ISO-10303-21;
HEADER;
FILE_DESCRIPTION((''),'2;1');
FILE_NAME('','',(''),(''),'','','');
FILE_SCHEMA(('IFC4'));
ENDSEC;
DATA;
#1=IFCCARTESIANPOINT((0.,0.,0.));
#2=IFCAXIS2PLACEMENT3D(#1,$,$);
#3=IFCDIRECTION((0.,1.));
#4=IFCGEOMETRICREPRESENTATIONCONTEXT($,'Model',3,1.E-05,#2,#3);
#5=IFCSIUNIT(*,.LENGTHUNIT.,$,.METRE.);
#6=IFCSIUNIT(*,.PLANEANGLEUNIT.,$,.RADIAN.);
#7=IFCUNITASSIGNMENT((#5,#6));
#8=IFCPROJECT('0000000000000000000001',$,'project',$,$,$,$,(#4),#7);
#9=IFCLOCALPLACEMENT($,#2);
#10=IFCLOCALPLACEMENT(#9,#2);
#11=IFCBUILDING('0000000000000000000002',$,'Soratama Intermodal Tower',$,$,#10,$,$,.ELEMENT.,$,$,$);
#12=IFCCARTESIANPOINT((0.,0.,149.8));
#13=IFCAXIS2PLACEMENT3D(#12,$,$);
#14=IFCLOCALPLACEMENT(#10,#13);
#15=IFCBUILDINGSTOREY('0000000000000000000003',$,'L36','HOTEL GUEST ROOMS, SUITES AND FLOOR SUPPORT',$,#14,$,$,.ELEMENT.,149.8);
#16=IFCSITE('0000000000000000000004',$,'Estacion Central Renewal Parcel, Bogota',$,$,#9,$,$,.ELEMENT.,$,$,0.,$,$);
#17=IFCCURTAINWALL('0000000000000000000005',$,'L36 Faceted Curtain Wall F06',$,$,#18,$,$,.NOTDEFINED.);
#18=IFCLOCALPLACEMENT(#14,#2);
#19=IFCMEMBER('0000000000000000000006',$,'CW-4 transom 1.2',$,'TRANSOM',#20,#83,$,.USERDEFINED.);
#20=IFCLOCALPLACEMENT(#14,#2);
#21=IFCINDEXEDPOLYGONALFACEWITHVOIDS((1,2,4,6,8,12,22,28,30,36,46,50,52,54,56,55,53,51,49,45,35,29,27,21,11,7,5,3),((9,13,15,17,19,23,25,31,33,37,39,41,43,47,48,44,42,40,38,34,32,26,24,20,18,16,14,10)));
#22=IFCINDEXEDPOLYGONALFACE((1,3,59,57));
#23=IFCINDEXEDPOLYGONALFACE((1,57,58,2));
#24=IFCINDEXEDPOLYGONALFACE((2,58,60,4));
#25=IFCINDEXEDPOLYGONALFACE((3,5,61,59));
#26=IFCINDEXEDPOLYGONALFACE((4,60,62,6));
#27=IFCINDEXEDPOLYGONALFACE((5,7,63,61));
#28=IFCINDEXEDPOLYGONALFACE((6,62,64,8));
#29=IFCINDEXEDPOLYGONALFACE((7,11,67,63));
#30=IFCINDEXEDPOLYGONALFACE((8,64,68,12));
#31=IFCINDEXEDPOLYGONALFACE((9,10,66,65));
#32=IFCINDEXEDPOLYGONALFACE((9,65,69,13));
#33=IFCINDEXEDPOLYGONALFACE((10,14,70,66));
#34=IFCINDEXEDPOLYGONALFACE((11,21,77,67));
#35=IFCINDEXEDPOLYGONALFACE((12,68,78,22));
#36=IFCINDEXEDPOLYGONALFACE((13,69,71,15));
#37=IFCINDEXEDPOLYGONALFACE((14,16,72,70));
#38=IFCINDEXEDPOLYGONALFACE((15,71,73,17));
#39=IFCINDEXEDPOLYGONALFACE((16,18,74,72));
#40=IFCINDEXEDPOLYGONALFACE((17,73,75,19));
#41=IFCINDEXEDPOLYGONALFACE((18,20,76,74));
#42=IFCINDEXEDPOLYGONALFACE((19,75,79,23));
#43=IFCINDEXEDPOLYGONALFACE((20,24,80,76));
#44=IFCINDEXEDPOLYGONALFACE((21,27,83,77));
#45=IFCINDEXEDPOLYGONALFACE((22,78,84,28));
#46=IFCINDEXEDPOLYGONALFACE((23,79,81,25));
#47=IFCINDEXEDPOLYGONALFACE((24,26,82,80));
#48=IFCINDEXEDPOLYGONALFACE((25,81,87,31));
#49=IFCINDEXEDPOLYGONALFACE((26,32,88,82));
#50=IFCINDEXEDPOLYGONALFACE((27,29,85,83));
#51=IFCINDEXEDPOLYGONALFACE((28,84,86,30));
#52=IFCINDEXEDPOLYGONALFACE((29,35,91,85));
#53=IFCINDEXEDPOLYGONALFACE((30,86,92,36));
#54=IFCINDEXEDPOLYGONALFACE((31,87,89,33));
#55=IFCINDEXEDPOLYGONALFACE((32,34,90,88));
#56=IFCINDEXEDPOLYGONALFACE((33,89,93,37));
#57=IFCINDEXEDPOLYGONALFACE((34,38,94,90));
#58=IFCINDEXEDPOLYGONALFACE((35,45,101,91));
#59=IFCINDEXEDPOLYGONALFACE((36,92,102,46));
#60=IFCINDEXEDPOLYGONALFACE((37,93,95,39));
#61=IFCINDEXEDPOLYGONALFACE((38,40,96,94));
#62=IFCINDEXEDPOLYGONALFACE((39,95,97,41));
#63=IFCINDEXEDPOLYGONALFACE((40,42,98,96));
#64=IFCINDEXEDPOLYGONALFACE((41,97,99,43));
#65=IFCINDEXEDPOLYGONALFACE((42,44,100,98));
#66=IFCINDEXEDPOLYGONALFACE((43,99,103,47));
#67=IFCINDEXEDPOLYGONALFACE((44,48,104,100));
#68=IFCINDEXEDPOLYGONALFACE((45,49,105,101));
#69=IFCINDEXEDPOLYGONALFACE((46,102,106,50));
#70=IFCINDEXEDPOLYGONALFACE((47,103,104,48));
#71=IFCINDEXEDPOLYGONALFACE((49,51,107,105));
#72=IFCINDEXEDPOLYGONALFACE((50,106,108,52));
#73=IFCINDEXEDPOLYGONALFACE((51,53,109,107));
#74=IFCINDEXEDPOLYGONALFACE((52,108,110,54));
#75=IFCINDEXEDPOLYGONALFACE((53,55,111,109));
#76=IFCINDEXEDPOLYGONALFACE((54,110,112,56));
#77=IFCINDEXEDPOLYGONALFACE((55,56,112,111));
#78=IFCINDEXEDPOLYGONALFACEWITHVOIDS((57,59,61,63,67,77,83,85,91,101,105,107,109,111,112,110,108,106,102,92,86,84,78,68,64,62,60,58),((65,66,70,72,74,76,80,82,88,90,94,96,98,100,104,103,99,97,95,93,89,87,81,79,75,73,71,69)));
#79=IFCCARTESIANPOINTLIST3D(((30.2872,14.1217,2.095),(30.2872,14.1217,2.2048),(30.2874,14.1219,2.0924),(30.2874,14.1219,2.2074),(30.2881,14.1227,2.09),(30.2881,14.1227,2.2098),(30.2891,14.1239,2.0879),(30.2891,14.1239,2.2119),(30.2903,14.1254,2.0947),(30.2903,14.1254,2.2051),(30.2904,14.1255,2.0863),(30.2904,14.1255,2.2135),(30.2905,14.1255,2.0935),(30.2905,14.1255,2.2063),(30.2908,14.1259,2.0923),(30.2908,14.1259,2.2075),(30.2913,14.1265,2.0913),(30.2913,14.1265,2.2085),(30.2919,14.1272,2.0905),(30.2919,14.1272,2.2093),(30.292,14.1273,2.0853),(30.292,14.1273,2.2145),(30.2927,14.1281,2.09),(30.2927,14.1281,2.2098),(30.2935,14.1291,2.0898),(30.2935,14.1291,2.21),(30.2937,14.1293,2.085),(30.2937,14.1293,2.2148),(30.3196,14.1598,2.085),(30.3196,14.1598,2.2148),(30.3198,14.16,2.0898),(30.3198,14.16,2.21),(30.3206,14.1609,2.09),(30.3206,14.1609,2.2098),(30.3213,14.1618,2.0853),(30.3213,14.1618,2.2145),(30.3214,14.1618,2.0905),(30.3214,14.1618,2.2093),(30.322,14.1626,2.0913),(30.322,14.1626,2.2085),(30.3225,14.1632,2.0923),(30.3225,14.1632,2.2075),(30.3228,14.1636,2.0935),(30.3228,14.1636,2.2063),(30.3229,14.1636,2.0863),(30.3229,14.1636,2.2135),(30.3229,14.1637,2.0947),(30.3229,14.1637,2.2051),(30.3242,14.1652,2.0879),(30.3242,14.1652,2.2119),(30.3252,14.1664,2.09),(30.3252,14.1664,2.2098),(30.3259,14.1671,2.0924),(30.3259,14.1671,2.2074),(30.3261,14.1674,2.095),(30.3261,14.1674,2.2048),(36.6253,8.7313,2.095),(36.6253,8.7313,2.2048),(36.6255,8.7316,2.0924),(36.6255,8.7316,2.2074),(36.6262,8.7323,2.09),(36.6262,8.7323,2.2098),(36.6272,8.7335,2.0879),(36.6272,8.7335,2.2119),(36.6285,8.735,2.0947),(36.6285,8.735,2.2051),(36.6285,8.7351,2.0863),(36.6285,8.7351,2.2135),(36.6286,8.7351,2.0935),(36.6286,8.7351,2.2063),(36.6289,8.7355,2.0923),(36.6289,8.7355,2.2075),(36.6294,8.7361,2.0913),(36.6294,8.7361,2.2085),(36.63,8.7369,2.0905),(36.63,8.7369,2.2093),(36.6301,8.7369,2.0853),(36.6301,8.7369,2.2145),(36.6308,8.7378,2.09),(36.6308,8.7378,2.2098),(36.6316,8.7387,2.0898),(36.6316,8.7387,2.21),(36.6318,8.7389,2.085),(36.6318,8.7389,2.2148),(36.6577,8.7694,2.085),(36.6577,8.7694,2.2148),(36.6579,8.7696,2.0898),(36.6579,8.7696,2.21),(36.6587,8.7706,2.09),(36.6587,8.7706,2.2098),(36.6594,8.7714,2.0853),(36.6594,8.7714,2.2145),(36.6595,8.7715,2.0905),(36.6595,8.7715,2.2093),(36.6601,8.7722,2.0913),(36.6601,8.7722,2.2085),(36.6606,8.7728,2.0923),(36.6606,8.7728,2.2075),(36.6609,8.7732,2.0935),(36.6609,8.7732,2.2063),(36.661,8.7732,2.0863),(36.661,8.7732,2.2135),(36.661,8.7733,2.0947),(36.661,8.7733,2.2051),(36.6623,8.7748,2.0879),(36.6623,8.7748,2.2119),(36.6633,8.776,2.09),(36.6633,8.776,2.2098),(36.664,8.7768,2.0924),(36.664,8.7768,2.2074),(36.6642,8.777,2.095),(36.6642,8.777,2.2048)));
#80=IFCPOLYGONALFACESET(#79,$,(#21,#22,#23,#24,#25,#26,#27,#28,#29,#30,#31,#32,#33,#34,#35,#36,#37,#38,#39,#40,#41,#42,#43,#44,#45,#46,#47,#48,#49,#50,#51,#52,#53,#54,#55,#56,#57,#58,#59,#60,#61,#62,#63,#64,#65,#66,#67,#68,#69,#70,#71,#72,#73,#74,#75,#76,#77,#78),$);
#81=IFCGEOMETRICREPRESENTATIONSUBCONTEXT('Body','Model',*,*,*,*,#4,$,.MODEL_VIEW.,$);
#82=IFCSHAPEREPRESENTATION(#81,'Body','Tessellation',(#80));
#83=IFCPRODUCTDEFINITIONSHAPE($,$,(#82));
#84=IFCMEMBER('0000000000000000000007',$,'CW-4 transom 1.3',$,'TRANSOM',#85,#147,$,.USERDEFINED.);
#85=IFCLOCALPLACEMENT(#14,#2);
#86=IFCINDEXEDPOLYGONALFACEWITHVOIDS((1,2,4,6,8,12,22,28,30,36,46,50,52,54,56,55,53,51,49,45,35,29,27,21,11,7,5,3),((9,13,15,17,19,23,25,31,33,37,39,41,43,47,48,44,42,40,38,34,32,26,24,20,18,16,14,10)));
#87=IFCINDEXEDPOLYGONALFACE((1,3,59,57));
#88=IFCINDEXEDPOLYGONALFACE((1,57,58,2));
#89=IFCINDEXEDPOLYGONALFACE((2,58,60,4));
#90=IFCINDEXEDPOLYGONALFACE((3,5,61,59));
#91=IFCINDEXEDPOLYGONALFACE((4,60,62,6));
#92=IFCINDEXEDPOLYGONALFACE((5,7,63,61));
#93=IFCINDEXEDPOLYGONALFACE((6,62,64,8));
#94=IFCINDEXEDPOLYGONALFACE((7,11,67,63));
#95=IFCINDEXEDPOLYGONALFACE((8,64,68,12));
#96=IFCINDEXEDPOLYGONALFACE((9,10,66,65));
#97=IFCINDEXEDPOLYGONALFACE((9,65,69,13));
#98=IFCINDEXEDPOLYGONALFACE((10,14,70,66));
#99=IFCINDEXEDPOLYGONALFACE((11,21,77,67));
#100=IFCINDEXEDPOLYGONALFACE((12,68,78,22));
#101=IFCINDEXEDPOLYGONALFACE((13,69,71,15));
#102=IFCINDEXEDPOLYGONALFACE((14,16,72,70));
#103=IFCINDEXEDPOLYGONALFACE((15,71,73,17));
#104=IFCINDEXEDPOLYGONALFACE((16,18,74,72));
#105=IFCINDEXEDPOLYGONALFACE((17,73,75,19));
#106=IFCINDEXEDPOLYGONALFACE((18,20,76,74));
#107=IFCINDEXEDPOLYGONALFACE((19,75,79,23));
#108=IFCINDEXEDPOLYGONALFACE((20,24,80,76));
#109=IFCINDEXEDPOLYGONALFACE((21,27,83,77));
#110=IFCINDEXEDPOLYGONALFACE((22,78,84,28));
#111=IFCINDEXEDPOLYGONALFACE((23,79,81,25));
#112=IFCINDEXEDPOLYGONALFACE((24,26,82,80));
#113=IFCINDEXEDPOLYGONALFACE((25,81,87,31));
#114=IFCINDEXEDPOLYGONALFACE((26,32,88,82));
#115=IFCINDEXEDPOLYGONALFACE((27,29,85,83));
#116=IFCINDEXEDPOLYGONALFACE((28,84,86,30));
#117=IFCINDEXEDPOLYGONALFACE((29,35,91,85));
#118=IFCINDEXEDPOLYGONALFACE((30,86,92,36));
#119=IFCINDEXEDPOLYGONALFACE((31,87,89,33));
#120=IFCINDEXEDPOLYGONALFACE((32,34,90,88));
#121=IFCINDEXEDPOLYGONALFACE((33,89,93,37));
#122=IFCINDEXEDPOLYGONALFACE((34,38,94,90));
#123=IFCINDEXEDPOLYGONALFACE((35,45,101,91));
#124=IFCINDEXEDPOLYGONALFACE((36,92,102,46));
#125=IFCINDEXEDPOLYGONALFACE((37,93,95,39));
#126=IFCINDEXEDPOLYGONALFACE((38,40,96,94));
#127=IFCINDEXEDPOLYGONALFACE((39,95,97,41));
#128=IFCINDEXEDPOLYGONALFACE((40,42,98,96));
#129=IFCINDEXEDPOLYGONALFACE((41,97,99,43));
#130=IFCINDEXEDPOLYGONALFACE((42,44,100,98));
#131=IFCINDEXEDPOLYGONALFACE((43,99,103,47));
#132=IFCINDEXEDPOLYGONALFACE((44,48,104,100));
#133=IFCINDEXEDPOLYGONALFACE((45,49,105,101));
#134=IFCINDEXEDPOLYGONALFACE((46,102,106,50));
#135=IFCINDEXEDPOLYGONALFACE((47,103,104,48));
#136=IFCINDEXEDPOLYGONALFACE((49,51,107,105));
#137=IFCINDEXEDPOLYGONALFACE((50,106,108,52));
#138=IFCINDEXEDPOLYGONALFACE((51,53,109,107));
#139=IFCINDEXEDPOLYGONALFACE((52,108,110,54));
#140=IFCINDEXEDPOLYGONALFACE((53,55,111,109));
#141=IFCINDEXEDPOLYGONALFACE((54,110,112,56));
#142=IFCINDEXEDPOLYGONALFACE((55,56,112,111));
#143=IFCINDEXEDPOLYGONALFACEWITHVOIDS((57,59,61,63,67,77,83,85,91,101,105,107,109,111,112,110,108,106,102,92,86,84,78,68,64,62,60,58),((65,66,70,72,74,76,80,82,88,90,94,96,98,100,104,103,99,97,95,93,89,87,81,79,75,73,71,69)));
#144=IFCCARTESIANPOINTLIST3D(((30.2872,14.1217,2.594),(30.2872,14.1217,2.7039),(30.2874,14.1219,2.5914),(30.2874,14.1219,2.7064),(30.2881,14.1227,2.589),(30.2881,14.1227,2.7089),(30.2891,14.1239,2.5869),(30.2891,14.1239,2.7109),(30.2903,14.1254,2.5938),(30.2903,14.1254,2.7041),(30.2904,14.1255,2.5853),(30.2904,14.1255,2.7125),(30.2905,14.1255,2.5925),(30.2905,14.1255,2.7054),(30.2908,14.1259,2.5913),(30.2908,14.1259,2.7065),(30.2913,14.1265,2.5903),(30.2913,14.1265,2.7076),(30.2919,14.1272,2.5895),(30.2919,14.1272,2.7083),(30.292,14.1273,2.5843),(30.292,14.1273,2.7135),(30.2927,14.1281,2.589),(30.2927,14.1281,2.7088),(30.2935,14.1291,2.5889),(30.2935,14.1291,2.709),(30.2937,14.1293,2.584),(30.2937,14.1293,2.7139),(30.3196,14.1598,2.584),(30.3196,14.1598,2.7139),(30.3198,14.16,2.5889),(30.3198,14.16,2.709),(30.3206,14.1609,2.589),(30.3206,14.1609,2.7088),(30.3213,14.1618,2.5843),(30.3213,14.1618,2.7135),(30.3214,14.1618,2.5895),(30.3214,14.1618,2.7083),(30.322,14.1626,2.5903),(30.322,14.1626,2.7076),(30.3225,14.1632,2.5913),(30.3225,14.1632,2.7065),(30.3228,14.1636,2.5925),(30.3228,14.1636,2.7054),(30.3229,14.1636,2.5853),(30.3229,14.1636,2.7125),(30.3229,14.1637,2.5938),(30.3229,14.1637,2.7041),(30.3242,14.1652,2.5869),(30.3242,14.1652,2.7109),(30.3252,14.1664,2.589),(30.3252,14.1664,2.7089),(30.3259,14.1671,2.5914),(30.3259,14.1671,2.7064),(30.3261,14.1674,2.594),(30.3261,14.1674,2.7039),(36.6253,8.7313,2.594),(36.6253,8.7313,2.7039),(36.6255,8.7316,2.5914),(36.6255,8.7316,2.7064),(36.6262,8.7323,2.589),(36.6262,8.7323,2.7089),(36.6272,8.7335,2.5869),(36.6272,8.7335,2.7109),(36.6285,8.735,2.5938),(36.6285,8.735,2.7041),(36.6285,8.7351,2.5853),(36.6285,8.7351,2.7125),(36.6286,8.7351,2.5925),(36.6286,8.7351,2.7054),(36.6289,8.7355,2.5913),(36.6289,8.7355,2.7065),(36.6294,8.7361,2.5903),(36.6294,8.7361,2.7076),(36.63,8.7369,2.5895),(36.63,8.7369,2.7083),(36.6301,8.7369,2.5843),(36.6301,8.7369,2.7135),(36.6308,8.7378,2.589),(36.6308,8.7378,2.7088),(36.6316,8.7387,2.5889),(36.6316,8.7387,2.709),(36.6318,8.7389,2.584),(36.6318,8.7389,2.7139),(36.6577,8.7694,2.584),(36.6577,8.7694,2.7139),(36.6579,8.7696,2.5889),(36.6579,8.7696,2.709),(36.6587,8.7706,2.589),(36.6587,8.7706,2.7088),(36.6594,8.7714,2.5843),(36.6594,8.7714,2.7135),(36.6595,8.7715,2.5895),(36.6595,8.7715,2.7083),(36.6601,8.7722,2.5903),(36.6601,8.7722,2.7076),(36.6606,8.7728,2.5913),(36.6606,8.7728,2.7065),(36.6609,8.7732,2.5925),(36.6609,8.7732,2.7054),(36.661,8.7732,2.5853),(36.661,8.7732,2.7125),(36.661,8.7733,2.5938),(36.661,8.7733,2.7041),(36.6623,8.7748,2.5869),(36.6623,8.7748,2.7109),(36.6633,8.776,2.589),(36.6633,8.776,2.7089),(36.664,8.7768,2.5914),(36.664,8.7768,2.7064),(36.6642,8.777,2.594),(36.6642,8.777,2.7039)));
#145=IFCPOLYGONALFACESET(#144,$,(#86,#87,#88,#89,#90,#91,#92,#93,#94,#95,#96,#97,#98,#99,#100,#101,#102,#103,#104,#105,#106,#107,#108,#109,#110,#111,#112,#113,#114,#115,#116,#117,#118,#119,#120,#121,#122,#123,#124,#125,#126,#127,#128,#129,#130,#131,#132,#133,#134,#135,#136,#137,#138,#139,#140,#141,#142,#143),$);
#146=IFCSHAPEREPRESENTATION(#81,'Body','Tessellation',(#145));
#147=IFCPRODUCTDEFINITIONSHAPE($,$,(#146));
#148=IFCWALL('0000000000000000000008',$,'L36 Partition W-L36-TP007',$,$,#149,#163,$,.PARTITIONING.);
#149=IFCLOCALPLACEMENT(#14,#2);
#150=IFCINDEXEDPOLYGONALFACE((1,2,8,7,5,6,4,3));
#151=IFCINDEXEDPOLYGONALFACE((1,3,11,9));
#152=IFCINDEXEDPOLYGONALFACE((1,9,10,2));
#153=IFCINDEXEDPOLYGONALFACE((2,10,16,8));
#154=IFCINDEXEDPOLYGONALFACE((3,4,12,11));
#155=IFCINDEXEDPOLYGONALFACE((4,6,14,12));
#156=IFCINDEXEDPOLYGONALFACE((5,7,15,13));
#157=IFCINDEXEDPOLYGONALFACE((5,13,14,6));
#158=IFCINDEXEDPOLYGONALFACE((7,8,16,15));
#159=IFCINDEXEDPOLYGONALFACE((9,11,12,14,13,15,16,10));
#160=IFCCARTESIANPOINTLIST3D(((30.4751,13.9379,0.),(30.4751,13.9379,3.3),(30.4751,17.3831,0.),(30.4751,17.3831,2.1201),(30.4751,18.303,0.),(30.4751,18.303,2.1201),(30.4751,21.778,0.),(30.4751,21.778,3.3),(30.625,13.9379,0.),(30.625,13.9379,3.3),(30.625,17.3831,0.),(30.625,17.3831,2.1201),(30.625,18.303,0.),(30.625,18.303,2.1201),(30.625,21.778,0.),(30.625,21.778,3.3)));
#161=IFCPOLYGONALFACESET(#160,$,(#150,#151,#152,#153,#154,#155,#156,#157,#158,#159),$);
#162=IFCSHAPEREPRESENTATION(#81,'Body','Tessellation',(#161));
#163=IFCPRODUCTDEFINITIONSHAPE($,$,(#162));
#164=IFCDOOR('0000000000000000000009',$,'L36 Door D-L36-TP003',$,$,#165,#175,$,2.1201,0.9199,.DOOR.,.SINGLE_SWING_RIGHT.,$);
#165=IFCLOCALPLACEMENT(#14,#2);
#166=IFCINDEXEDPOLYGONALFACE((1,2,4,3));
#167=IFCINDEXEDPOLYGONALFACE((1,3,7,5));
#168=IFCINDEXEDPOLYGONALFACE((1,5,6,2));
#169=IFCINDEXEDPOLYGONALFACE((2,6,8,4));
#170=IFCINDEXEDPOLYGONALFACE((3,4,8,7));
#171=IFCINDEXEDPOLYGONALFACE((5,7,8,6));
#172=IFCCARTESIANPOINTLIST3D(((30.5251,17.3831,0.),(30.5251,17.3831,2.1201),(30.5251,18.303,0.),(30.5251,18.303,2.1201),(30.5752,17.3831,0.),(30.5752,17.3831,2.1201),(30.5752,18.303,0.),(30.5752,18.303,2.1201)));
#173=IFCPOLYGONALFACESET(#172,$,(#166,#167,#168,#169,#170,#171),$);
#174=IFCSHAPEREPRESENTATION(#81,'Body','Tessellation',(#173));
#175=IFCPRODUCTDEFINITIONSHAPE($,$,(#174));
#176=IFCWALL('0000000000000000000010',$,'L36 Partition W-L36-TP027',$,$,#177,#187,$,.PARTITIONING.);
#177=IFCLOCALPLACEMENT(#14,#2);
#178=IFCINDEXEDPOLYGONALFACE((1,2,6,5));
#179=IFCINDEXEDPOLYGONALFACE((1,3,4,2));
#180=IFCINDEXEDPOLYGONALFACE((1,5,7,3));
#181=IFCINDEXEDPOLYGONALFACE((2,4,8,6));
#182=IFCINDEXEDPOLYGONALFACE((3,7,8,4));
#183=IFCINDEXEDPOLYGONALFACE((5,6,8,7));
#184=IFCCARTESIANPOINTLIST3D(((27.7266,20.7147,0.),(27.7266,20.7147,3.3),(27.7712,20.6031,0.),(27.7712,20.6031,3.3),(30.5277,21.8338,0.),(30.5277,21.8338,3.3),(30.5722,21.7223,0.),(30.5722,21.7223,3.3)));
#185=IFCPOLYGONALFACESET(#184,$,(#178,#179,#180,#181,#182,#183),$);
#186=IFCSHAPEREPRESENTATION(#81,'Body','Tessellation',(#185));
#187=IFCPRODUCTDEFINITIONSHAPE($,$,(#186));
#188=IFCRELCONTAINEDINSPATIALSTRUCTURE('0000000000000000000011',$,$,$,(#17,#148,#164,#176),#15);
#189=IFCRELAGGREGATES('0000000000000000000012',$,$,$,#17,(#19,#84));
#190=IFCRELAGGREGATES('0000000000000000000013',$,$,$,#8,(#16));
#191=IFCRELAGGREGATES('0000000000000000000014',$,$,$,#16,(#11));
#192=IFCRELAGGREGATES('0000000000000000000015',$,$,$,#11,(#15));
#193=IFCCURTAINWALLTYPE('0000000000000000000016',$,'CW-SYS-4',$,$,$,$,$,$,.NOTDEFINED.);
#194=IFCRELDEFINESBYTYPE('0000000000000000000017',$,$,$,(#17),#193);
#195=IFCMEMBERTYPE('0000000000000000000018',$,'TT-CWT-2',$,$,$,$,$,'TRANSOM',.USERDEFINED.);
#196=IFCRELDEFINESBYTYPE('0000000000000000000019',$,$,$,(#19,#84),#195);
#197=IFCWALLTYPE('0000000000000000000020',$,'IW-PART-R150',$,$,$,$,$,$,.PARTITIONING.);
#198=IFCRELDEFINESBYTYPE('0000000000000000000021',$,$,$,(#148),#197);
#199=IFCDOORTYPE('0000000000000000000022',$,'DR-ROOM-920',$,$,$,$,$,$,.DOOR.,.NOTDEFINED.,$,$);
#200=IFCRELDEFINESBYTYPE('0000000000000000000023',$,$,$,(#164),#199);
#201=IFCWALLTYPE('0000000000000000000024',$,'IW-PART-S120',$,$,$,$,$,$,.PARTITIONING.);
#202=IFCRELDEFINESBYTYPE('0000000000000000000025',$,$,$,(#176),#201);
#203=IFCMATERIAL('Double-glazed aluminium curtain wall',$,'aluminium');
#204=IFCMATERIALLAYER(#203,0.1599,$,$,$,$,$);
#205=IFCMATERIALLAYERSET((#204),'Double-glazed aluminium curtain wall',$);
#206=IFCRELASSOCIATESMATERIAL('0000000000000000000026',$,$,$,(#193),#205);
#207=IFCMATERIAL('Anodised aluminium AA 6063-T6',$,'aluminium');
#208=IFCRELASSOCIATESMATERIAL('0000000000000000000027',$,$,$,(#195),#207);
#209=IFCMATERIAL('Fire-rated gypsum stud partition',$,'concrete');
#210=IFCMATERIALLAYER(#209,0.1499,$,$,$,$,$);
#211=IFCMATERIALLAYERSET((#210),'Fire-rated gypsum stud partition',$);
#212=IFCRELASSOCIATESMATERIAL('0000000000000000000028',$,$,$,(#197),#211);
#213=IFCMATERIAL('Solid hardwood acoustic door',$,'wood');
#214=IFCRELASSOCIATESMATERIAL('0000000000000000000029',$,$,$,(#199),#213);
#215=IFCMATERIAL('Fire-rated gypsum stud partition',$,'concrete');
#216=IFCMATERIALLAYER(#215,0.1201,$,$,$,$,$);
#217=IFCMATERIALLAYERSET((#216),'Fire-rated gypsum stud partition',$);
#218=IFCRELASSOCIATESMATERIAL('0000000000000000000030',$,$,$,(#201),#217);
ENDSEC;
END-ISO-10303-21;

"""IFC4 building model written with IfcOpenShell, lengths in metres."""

from ifc_helpers import new_model, si_unit, direction, frame, frame_2d, origin, origin_2d, place, context, subcontext, project, spatial, rectangle, hollow_rectangle, extrude, material, layer, layer_set, material_profile, profile_set, type_object, element, fill, aggregate, save


model = new_model("IFC4")

# Units and contexts
model_context = context("Model", 3, precision=1e-05, world=origin(), true_north=direction((0.0, 1.0)))
body_context = subcontext(model_context, "Body", "Model", "MODEL_VIEW")
ifc_project = project(units=[si_unit("LENGTHUNIT", "METRE"), si_unit("PLANEANGLEUNIT", "RADIAN")], contexts=[model_context])

# Site, building, storey
site_placement = place(None, origin())
site = spatial("IfcSite", under=ifc_project, at=site_placement, Name="Estacion Central Renewal Parcel, Bogota", CompositionType="ELEMENT", RefElevation=0.0)
building_placement = place(site_placement, origin())
building = spatial("IfcBuilding", under=site, at=building_placement, Name="Soratama Intermodal Tower", CompositionType="ELEMENT")
storey_placement = place(building_placement, frame((0.0, 0.0, 149.8)))
storey = spatial("IfcBuildingStorey", under=building, at=storey_placement, Name="L36", Description="HOTEL GUEST ROOMS, SUITES AND FLOOR SUPPORT", CompositionType="ELEMENT", Elevation=149.8)

# Curtain wall, members
ifc_material_1 = material(Name="Double-glazed aluminium curtain wall", Category="aluminium")
ifc_layer_1 = layer(ifc_material_1, 0.1599)
ifc_layer_set_1 = layer_set([ifc_layer_1], Name="Double-glazed aluminium curtain wall")
curtain_wall_type = type_object("IfcCurtainWallType", Name="CW-SYS-4", PredefinedType="NOTDEFINED", material=ifc_layer_set_1)
curtain_wall_placement = place(storey_placement, origin())
curtain_wall = element("IfcCurtainWall", 1, at=curtain_wall_placement, inside=storey, type_object=curtain_wall_type, Name="L36 Faceted Curtain Wall F06", PredefinedType="NOTDEFINED")
ifc_material_2 = material(Name="Anodised aluminium AA 6063-T6", Category="aluminium")
ifc_material_profile_1 = material_profile(ifc_material_2, hollow_rectangle(XDim=0.0601, YDim=0.1299, WallThickness=0.0049, InnerFilletRadius=0.0049, OuterFilletRadius=0.01, at=origin_2d()), Name="CWT130X60X5")
ifc_profile_set_1 = profile_set([ifc_material_profile_1], Name="Anodised aluminium AA 6063-T6")
member_type = type_object("IfcMemberType", Name="TT-CWT-2", ElementType="TRANSOM", PredefinedType="USERDEFINED", material=ifc_profile_set_1)
member_1_placement = place(storey_placement, frame((30.3066, 14.1445, 2.1499), z_axis=(0.761763, -0.647855, 0.0), x_axis=(0.647855, 0.761763, 0.0)))
member_1 = element("IfcMember", 2, at=member_1_placement, type_object=member_type, Name="CW-4 transom 1.2", ObjectType="TRANSOM", PredefinedType="USERDEFINED", context=body_context, shape_type="SweptSolid", body=[
    extrude(hollow_rectangle(XDim=0.0601, YDim=0.1299, WallThickness=0.0049, InnerFilletRadius=0.0049, OuterFilletRadius=0.01, at=origin_2d()), origin(), (0.0, 0.0, 1.0), 8.3203),
])
member_2_placement = place(storey_placement, frame((30.3066, 14.1445, 2.6489), z_axis=(0.761763, -0.647855, 0.0), x_axis=(0.647855, 0.761763, 0.0)))
member_2 = element("IfcMember", 3, at=member_2_placement, type_object=member_type, Name="CW-4 transom 1.3", ObjectType="TRANSOM", PredefinedType="USERDEFINED", context=body_context, shape_type="SweptSolid", body=[
    extrude(hollow_rectangle(XDim=0.0601, YDim=0.1299, WallThickness=0.0049, InnerFilletRadius=0.0049, OuterFilletRadius=0.01, at=origin_2d()), origin(), (0.0, 0.0, 1.0), 8.3203),
])
aggregate(curtain_wall, [member_1, member_2])

# Wall, opening, door
ifc_material_3 = material(Name="Fire-rated gypsum stud partition", Category="concrete")
ifc_layer_2 = layer(ifc_material_3, 0.1499)
ifc_layer_set_2 = layer_set([ifc_layer_2], Name="Fire-rated gypsum stud partition")
wall_type_1 = type_object("IfcWallType", Name="IW-PART-R150", PredefinedType="PARTITIONING", material=ifc_layer_set_2)
wall_1_placement = place(storey_placement, frame((30.55, 13.938, 0.0), z_axis=(0.0, 0.0, 1.0), x_axis=(0.0, 1.0, 0.0)))
wall_1 = element("IfcWall", 4, at=wall_1_placement, inside=storey, type_object=wall_type_1, Name="L36 Partition W-L36-TP007", PredefinedType="PARTITIONING", context=body_context, shape_type="SweptSolid", body=[
    extrude(rectangle(XDim=7.8401, YDim=0.1499, at=frame_2d((3.9199, 0.0))), origin(), (0.0, 0.0, 1.0), 3.3),
])
opening_1_placement = place(wall_1_placement, frame((3.4451, 0.0, 0.0)))
opening_1 = element("IfcOpeningElement", 5, at=opening_1_placement, cuts=wall_1, PredefinedType="OPENING", context=body_context, shape_type="SweptSolid", body=[
    extrude(rectangle(XDim=0.9199, YDim=2.1201, at=frame_2d((0.46, 1.0601))), frame((0.0, 0.085, 0.0), z_axis=(0.0, -1.0, 0.0), x_axis=(1.0, 0.0, 0.0)), (0.0, 0.0, 1.0), 0.1699),
])
ifc_material_4 = material(Name="Solid hardwood acoustic door", Category="wood")
door_type = type_object("IfcDoorType", Name="DR-ROOM-920", OperationType="NOTDEFINED", PredefinedType="DOOR", material=ifc_material_4)
door_1_placement = place(opening_1_placement, origin())
door_1 = element("IfcDoor", 6, at=door_1_placement, inside=storey, type_object=door_type, Name="L36 Door D-L36-TP003", OperationType="SINGLE_SWING_RIGHT", OverallHeight=2.1201, OverallWidth=0.9199, PredefinedType="DOOR", context=body_context, shape_type="SweptSolid", body=[
    extrude(rectangle(XDim=0.9199, YDim=2.1201, at=frame_2d((0.46, 1.0601))), frame((0.0, 0.0249, 0.0), z_axis=(0.0, -1.0, 0.0), x_axis=(1.0, 0.0, 0.0)), (0.0, 0.0, 1.0), 0.05),
])
fill(opening_1, door_1)

# Wall
ifc_material_5 = material(Name="Fire-rated gypsum stud partition", Category="concrete")
ifc_layer_3 = layer(ifc_material_5, 0.1201)
ifc_layer_set_3 = layer_set([ifc_layer_3], Name="Fire-rated gypsum stud partition")
wall_type_2 = type_object("IfcWallType", Name="IW-PART-S120", PredefinedType="PARTITIONING", material=ifc_layer_set_3)
wall_2_placement = place(storey_placement, frame((30.55, 21.7781, 0.0), z_axis=(0.0, 0.0, 1.0), x_axis=(-0.928622, -0.371028, 0.0)))
element("IfcWall", 7, at=wall_2_placement, inside=storey, type_object=wall_type_2, Name="L36 Partition W-L36-TP027", PredefinedType="PARTITIONING", context=body_context, shape_type="SweptSolid", body=[
    extrude(rectangle(XDim=3.0164, YDim=0.1201, at=frame_2d((1.5083, 0.0))), origin(), (0.0, 0.0, 1.0), 3.3),
])

save(model, "model.ifc")
